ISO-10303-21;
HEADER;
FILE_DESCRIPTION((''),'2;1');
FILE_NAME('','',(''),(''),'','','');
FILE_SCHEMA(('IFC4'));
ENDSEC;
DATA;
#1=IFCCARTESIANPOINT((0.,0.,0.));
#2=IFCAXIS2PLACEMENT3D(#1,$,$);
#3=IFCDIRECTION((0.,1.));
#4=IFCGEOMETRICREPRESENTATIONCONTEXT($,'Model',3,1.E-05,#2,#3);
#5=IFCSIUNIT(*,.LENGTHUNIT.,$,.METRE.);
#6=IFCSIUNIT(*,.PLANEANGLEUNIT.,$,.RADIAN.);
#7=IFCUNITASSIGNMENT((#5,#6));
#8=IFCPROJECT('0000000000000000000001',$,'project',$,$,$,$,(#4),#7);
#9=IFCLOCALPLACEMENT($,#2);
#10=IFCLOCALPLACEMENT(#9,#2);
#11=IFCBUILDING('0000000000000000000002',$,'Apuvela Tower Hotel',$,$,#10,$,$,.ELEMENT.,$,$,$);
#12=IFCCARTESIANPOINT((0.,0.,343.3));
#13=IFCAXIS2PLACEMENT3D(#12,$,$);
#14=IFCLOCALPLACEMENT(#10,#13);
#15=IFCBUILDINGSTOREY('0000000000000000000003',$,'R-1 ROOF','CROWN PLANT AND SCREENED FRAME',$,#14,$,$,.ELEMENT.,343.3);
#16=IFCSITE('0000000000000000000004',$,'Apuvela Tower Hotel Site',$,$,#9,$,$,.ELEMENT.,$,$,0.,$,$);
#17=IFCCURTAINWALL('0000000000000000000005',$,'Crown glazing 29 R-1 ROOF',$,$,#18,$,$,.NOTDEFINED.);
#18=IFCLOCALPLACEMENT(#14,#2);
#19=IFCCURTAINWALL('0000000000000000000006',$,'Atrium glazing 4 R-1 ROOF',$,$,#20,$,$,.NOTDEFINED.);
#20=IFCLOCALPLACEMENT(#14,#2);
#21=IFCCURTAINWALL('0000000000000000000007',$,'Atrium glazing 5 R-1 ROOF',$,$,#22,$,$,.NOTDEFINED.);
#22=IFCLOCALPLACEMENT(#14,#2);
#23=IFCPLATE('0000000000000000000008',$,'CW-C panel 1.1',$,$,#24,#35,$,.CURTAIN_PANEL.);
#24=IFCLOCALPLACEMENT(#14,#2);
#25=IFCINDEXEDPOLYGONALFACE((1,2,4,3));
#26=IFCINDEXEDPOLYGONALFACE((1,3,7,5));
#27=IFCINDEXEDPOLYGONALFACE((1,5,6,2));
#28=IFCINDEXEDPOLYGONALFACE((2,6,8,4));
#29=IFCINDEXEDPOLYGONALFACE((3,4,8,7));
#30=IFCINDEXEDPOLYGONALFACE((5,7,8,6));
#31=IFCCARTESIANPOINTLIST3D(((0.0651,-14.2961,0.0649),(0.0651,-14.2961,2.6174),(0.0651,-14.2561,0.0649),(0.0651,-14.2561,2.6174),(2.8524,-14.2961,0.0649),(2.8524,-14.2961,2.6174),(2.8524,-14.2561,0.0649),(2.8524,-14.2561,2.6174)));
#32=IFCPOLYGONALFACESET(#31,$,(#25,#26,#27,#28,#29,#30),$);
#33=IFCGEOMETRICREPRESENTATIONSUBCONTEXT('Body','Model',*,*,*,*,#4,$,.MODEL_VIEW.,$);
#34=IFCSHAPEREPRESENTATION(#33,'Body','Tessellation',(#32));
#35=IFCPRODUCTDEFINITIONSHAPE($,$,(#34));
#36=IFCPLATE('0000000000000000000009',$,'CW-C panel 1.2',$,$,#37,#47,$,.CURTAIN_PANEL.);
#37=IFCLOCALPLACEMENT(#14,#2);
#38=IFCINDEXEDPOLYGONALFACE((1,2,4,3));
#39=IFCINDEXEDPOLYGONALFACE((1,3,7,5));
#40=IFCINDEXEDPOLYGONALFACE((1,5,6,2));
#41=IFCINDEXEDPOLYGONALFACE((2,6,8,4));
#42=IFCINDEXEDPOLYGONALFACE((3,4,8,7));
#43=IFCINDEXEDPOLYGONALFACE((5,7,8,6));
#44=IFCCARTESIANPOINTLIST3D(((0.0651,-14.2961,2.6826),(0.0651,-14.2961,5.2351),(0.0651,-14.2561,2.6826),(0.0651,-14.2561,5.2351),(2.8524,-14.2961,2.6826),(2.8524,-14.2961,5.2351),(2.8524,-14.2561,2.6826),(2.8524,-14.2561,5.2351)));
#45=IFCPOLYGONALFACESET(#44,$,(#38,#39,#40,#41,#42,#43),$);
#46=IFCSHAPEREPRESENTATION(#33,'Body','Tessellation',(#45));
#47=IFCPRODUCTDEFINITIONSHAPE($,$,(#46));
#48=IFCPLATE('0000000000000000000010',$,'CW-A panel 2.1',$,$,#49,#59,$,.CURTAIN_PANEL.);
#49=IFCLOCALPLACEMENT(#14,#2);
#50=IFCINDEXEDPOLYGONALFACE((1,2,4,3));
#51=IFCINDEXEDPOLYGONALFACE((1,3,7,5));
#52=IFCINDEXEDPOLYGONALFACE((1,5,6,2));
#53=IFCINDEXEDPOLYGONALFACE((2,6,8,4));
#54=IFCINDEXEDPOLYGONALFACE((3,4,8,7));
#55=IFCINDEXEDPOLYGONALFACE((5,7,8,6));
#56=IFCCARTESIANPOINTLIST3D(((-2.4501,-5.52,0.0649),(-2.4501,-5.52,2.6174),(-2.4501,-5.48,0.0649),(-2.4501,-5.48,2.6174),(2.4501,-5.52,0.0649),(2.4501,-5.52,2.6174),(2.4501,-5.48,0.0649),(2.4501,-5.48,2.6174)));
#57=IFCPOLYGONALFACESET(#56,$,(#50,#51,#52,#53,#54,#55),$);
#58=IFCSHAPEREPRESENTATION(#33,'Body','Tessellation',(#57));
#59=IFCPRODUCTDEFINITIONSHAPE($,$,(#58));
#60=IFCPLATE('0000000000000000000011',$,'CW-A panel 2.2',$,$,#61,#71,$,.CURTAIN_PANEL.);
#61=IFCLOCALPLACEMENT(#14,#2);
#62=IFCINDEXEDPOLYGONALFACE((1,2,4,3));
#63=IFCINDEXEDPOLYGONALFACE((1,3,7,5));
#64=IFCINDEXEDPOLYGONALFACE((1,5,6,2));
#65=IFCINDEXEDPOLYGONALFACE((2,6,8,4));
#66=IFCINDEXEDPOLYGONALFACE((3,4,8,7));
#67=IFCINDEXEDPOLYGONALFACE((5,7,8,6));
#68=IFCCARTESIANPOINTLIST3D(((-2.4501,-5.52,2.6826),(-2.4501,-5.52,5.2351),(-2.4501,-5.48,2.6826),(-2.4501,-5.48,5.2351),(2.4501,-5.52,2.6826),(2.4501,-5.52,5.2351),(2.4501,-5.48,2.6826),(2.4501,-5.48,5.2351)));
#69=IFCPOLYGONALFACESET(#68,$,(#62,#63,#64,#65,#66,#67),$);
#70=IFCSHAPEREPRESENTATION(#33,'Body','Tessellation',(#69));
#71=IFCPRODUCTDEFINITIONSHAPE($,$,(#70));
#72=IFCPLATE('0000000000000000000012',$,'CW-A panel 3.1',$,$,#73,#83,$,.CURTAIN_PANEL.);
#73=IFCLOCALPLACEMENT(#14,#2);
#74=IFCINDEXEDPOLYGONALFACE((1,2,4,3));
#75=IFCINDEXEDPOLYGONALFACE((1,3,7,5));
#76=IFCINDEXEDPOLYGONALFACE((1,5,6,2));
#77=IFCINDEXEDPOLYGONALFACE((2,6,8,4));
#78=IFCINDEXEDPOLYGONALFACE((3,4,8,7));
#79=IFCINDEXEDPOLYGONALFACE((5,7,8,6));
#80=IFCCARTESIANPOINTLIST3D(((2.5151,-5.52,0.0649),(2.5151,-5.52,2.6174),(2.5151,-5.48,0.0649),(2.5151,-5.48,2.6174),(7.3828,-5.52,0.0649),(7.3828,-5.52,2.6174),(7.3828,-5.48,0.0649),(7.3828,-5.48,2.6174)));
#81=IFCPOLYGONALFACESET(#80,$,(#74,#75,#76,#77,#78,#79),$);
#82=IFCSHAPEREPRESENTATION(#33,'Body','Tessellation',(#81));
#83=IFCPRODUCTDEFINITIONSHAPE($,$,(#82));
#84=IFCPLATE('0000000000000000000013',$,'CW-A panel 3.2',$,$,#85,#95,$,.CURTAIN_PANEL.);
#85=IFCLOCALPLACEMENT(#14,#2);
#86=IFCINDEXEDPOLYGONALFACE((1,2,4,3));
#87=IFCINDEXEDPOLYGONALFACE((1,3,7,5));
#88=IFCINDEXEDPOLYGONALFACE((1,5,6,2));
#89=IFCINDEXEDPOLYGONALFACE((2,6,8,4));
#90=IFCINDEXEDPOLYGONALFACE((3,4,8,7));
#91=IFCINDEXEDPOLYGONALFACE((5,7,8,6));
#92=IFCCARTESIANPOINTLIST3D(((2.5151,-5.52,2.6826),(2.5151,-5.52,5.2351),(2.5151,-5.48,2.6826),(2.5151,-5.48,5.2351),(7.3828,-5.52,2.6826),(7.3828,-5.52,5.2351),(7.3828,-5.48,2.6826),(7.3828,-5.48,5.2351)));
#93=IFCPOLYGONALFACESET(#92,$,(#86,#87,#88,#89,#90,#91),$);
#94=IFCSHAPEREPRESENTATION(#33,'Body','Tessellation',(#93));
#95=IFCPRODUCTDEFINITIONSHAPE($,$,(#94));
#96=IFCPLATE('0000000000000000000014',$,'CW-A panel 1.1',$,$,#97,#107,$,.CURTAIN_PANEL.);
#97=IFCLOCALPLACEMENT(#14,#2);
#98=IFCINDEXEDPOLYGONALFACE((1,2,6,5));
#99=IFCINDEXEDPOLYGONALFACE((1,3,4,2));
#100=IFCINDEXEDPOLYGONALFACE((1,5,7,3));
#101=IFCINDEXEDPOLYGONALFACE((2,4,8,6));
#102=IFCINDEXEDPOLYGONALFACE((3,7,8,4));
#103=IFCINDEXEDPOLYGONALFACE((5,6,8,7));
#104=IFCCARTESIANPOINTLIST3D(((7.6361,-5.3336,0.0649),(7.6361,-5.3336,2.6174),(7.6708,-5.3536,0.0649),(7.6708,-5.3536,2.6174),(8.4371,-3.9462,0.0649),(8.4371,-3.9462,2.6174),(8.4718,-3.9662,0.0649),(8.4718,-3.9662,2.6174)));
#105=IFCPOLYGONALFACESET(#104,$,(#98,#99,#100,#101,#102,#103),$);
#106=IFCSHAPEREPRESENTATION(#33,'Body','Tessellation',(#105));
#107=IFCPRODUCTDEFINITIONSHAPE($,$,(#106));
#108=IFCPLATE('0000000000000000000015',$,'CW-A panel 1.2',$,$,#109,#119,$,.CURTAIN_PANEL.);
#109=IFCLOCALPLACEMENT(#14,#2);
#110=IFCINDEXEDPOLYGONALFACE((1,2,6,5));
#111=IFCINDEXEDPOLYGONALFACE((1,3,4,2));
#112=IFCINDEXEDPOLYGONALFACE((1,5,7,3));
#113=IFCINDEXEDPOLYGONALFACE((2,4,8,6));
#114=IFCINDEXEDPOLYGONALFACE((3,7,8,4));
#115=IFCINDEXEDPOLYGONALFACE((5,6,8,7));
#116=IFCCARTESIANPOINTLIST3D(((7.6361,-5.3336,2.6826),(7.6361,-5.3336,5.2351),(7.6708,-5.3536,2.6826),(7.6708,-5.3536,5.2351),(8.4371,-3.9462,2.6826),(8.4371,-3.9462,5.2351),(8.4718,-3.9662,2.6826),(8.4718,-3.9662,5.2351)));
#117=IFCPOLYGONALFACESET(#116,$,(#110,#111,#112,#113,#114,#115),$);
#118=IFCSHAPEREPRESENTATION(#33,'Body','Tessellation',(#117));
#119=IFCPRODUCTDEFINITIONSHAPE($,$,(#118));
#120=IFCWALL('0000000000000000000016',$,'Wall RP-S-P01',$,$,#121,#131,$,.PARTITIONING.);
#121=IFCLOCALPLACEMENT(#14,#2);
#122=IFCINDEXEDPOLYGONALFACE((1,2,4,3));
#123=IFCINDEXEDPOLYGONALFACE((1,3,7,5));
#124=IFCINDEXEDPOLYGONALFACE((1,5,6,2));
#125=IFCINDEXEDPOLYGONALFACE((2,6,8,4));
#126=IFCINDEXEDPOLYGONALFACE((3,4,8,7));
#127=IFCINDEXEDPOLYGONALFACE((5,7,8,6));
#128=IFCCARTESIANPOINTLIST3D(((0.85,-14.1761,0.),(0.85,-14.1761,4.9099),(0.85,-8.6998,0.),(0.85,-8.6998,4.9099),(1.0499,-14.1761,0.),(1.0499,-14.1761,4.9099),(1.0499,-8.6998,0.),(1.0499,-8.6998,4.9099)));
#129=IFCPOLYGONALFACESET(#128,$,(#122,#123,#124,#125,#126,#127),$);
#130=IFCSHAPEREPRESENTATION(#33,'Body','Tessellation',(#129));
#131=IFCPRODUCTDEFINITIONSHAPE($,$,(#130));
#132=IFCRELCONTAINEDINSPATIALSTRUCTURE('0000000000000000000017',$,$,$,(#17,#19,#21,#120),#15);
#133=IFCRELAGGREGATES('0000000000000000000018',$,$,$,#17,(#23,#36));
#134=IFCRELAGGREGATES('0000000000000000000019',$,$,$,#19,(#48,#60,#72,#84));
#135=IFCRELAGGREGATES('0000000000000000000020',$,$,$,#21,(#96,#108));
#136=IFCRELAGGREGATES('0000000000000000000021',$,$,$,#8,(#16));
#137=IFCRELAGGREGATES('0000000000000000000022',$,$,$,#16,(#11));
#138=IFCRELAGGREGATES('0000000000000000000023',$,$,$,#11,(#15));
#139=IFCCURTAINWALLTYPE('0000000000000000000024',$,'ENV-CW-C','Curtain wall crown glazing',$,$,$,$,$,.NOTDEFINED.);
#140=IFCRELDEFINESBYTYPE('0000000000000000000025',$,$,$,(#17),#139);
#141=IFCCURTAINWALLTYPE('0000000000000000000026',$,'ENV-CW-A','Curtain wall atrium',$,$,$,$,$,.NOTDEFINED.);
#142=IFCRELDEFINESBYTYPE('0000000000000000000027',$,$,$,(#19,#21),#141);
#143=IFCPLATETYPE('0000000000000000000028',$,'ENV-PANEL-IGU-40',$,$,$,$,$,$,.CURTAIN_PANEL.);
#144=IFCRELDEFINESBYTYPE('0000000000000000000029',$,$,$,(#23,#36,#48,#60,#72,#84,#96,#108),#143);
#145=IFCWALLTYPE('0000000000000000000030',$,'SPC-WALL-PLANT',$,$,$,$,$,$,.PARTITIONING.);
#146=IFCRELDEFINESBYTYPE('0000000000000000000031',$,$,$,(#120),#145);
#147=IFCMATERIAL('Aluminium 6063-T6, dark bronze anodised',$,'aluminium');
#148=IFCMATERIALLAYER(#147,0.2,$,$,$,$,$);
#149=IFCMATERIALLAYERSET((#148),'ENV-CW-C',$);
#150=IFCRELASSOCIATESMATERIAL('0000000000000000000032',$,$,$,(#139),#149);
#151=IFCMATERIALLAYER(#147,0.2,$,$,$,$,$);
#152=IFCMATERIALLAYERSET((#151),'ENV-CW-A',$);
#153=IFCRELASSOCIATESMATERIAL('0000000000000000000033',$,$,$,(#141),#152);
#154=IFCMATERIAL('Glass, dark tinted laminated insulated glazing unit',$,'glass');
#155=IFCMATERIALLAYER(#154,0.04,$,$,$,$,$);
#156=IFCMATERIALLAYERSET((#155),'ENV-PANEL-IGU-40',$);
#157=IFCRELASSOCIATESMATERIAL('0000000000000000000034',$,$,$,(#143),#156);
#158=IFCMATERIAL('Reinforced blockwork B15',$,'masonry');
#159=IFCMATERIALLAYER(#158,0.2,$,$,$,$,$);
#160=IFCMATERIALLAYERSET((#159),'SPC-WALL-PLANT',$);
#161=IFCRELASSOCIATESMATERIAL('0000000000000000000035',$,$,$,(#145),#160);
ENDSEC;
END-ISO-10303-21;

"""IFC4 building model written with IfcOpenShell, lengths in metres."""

from ifc_helpers import new_model, si_unit, direction, frame, frame_2d, origin, origin_2d, place, context, subcontext, project, spatial, rectangle, extrude, material, layer, layer_set, type_object, element, aggregate, save


model = new_model("IFC4")

# Units and contexts
model_context = context("Model", 3, precision=1e-05, world=origin(), true_north=direction((0.0, 1.0)))
body_context = subcontext(model_context, "Body", "Model", "MODEL_VIEW")
ifc_project = project(units=[si_unit("LENGTHUNIT", "METRE"), si_unit("PLANEANGLEUNIT", "RADIAN")], contexts=[model_context])

# Site, building, storey
site_placement = place(None, origin())
site = spatial("IfcSite", under=ifc_project, at=site_placement, Name="Apuvela Tower Hotel Site", CompositionType="ELEMENT", RefElevation=0.0)
building_placement = place(site_placement, origin())
building = spatial("IfcBuilding", under=site, at=building_placement, Name="Apuvela Tower Hotel", CompositionType="ELEMENT")
storey_placement = place(building_placement, frame((0.0, 0.0, 343.3)))
storey = spatial("IfcBuildingStorey", under=building, at=storey_placement, Name="R-1 ROOF", Description="CROWN PLANT AND SCREENED FRAME", CompositionType="ELEMENT", Elevation=343.3)

# Curtain walls
ifc_material_1 = material(Name="Aluminium 6063-T6, dark bronze anodised", Category="aluminium")
ifc_layer_1 = layer(ifc_material_1, 0.2)
ifc_layer_set_1 = layer_set([ifc_layer_1], Name="ENV-CW-C")
curtain_wall_type_1 = type_object("IfcCurtainWallType", Name="ENV-CW-C", Description="Curtain wall crown glazing", PredefinedType="NOTDEFINED", material=ifc_layer_set_1)
curtain_wall_1_placement = place(storey_placement, origin())
curtain_wall_1 = element("IfcCurtainWall", 1, at=curtain_wall_1_placement, inside=storey, type_object=curtain_wall_type_1, Name="Crown glazing 29 R-1 ROOF", PredefinedType="NOTDEFINED")
ifc_layer_2 = layer(ifc_material_1, 0.2)
ifc_layer_set_2 = layer_set([ifc_layer_2], Name="ENV-CW-A")
curtain_wall_type_2 = type_object("IfcCurtainWallType", Name="ENV-CW-A", Description="Curtain wall atrium", PredefinedType="NOTDEFINED", material=ifc_layer_set_2)
curtain_wall_2_placement = place(storey_placement, origin())
curtain_wall_2 = element("IfcCurtainWall", 2, at=curtain_wall_2_placement, inside=storey, type_object=curtain_wall_type_2, Name="Atrium glazing 4 R-1 ROOF", PredefinedType="NOTDEFINED")
curtain_wall_3_placement = place(storey_placement, origin())
curtain_wall_3 = element("IfcCurtainWall", 3, at=curtain_wall_3_placement, inside=storey, type_object=curtain_wall_type_2, Name="Atrium glazing 5 R-1 ROOF", PredefinedType="NOTDEFINED")

# Plates
ifc_material_2 = material(Name="Glass, dark tinted laminated insulated glazing unit", Category="glass")
ifc_layer_3 = layer(ifc_material_2, 0.04)
ifc_layer_set_3 = layer_set([ifc_layer_3], Name="ENV-PANEL-IGU-40")
plate_type_1 = type_object("IfcPlateType", Name="ENV-PANEL-IGU-40", PredefinedType="CURTAIN_PANEL", material=ifc_layer_set_3)
plate_1_placement = place(storey_placement, frame((1.4587, -14.2761, 0.0649), z_axis=(0.0, 0.0, 1.0), x_axis=(1.0, 0.0, 0.0)))
plate_1 = element("IfcPlate", 4, at=plate_1_placement, type_object=plate_type_1, Name="CW-C panel 1.1", PredefinedType="CURTAIN_PANEL", context=body_context, shape_type="SweptSolid", body=[
    extrude(rectangle(XDim=2.7874, YDim=0.04, at=origin_2d()), origin(), (0.0, 0.0, 1.0), 2.5525),
])
plate_2_placement = place(storey_placement, frame((1.4587, -14.2761, 2.6826), z_axis=(0.0, 0.0, 1.0), x_axis=(1.0, 0.0, 0.0)))
plate_2 = element("IfcPlate", 5, at=plate_2_placement, type_object=plate_type_1, Name="CW-C panel 1.2", PredefinedType="CURTAIN_PANEL", context=body_context, shape_type="SweptSolid", body=[
    extrude(rectangle(XDim=2.7874, YDim=0.04, at=origin_2d()), origin(), (0.0, 0.0, 1.0), 2.5525),
])
aggregate(curtain_wall_1, [plate_1, plate_2])
plate_3_placement = place(storey_placement, frame((0.0, -5.5, 0.0649), z_axis=(0.0, 0.0, 1.0), x_axis=(1.0, 0.0, 0.0)))
plate_3 = element("IfcPlate", 6, at=plate_3_placement, type_object=plate_type_1, Name="CW-A panel 2.1", PredefinedType="CURTAIN_PANEL", context=body_context, shape_type="SweptSolid", body=[
    extrude(rectangle(XDim=4.9001, YDim=0.04, at=origin_2d()), origin(), (0.0, 0.0, 1.0), 2.5525),
])
plate_4_placement = place(storey_placement, frame((0.0, -5.5, 2.6826), z_axis=(0.0, 0.0, 1.0), x_axis=(1.0, 0.0, 0.0)))
plate_4 = element("IfcPlate", 7, at=plate_4_placement, type_object=plate_type_1, Name="CW-A panel 2.2", PredefinedType="CURTAIN_PANEL", context=body_context, shape_type="SweptSolid", body=[
    extrude(rectangle(XDim=4.9001, YDim=0.04, at=origin_2d()), origin(), (0.0, 0.0, 1.0), 2.5525),
])
plate_5_placement = place(storey_placement, frame((4.949, -5.5, 0.0649), z_axis=(0.0, 0.0, 1.0), x_axis=(1.0, 0.0, 0.0)))
plate_5 = element("IfcPlate", 8, at=plate_5_placement, type_object=plate_type_1, Name="CW-A panel 3.1", PredefinedType="CURTAIN_PANEL", context=body_context, shape_type="SweptSolid", body=[
    extrude(rectangle(XDim=4.8677, YDim=0.04, at=origin_2d()), origin(), (0.0, 0.0, 1.0), 2.5525),
])
plate_6_placement = place(storey_placement, frame((4.949, -5.5, 2.6826), z_axis=(0.0, 0.0, 1.0), x_axis=(1.0, 0.0, 0.0)))
plate_6 = element("IfcPlate", 9, at=plate_6_placement, type_object=plate_type_1, Name="CW-A panel 3.2", PredefinedType="CURTAIN_PANEL", context=body_context, shape_type="SweptSolid", body=[
    extrude(rectangle(XDim=4.8677, YDim=0.04, at=origin_2d()), origin(), (0.0, 0.0, 1.0), 2.5525),
])
aggregate(curtain_wall_2, [plate_3, plate_4, plate_5, plate_6])
plate_7_placement = place(storey_placement, frame((8.054, -4.6499, 0.0649), z_axis=(0.0, 0.0, 1.0), x_axis=(0.499989, 0.866032, 0.0)))
plate_7 = element("IfcPlate", 10, at=plate_7_placement, type_object=plate_type_1, Name="CW-A panel 1.1", PredefinedType="CURTAIN_PANEL", context=body_context, shape_type="SweptSolid", body=[
    extrude(rectangle(XDim=1.6021, YDim=0.04, at=origin_2d()), origin(), (0.0, 0.0, 1.0), 2.5525),
])
plate_8_placement = place(storey_placement, frame((8.054, -4.6499, 2.6826), z_axis=(0.0, 0.0, 1.0), x_axis=(0.499989, 0.866032, 0.0)))
plate_8 = element("IfcPlate", 11, at=plate_8_placement, type_object=plate_type_1, Name="CW-A panel 1.2", PredefinedType="CURTAIN_PANEL", context=body_context, shape_type="SweptSolid", body=[
    extrude(rectangle(XDim=1.6021, YDim=0.04, at=origin_2d()), origin(), (0.0, 0.0, 1.0), 2.5525),
])
aggregate(curtain_wall_3, [plate_7, plate_8])

# Wall
ifc_material_3 = material(Name="Reinforced blockwork B15", Category="masonry")
ifc_layer_4 = layer(ifc_material_3, 0.2)
ifc_layer_set_4 = layer_set([ifc_layer_4], Name="SPC-WALL-PLANT")
wall_type = type_object("IfcWallType", Name="SPC-WALL-PLANT", PredefinedType="PARTITIONING", material=ifc_layer_set_4)
wall_placement = place(storey_placement, frame((0.95, -14.1763, 0.0), z_axis=(0.0, 0.0, 1.0), x_axis=(0.0, 1.0, 0.0)))
element("IfcWall", 12, at=wall_placement, inside=storey, type_object=wall_type, Name="Wall RP-S-P01", PredefinedType="PARTITIONING", context=body_context, shape_type="SweptSolid", body=[
    extrude(rectangle(XDim=5.4763, YDim=0.2, at=frame_2d((2.7383, 0.0))), origin(), (0.0, 0.0, 1.0), 4.9099),
])

save(model, "model.ifc")
